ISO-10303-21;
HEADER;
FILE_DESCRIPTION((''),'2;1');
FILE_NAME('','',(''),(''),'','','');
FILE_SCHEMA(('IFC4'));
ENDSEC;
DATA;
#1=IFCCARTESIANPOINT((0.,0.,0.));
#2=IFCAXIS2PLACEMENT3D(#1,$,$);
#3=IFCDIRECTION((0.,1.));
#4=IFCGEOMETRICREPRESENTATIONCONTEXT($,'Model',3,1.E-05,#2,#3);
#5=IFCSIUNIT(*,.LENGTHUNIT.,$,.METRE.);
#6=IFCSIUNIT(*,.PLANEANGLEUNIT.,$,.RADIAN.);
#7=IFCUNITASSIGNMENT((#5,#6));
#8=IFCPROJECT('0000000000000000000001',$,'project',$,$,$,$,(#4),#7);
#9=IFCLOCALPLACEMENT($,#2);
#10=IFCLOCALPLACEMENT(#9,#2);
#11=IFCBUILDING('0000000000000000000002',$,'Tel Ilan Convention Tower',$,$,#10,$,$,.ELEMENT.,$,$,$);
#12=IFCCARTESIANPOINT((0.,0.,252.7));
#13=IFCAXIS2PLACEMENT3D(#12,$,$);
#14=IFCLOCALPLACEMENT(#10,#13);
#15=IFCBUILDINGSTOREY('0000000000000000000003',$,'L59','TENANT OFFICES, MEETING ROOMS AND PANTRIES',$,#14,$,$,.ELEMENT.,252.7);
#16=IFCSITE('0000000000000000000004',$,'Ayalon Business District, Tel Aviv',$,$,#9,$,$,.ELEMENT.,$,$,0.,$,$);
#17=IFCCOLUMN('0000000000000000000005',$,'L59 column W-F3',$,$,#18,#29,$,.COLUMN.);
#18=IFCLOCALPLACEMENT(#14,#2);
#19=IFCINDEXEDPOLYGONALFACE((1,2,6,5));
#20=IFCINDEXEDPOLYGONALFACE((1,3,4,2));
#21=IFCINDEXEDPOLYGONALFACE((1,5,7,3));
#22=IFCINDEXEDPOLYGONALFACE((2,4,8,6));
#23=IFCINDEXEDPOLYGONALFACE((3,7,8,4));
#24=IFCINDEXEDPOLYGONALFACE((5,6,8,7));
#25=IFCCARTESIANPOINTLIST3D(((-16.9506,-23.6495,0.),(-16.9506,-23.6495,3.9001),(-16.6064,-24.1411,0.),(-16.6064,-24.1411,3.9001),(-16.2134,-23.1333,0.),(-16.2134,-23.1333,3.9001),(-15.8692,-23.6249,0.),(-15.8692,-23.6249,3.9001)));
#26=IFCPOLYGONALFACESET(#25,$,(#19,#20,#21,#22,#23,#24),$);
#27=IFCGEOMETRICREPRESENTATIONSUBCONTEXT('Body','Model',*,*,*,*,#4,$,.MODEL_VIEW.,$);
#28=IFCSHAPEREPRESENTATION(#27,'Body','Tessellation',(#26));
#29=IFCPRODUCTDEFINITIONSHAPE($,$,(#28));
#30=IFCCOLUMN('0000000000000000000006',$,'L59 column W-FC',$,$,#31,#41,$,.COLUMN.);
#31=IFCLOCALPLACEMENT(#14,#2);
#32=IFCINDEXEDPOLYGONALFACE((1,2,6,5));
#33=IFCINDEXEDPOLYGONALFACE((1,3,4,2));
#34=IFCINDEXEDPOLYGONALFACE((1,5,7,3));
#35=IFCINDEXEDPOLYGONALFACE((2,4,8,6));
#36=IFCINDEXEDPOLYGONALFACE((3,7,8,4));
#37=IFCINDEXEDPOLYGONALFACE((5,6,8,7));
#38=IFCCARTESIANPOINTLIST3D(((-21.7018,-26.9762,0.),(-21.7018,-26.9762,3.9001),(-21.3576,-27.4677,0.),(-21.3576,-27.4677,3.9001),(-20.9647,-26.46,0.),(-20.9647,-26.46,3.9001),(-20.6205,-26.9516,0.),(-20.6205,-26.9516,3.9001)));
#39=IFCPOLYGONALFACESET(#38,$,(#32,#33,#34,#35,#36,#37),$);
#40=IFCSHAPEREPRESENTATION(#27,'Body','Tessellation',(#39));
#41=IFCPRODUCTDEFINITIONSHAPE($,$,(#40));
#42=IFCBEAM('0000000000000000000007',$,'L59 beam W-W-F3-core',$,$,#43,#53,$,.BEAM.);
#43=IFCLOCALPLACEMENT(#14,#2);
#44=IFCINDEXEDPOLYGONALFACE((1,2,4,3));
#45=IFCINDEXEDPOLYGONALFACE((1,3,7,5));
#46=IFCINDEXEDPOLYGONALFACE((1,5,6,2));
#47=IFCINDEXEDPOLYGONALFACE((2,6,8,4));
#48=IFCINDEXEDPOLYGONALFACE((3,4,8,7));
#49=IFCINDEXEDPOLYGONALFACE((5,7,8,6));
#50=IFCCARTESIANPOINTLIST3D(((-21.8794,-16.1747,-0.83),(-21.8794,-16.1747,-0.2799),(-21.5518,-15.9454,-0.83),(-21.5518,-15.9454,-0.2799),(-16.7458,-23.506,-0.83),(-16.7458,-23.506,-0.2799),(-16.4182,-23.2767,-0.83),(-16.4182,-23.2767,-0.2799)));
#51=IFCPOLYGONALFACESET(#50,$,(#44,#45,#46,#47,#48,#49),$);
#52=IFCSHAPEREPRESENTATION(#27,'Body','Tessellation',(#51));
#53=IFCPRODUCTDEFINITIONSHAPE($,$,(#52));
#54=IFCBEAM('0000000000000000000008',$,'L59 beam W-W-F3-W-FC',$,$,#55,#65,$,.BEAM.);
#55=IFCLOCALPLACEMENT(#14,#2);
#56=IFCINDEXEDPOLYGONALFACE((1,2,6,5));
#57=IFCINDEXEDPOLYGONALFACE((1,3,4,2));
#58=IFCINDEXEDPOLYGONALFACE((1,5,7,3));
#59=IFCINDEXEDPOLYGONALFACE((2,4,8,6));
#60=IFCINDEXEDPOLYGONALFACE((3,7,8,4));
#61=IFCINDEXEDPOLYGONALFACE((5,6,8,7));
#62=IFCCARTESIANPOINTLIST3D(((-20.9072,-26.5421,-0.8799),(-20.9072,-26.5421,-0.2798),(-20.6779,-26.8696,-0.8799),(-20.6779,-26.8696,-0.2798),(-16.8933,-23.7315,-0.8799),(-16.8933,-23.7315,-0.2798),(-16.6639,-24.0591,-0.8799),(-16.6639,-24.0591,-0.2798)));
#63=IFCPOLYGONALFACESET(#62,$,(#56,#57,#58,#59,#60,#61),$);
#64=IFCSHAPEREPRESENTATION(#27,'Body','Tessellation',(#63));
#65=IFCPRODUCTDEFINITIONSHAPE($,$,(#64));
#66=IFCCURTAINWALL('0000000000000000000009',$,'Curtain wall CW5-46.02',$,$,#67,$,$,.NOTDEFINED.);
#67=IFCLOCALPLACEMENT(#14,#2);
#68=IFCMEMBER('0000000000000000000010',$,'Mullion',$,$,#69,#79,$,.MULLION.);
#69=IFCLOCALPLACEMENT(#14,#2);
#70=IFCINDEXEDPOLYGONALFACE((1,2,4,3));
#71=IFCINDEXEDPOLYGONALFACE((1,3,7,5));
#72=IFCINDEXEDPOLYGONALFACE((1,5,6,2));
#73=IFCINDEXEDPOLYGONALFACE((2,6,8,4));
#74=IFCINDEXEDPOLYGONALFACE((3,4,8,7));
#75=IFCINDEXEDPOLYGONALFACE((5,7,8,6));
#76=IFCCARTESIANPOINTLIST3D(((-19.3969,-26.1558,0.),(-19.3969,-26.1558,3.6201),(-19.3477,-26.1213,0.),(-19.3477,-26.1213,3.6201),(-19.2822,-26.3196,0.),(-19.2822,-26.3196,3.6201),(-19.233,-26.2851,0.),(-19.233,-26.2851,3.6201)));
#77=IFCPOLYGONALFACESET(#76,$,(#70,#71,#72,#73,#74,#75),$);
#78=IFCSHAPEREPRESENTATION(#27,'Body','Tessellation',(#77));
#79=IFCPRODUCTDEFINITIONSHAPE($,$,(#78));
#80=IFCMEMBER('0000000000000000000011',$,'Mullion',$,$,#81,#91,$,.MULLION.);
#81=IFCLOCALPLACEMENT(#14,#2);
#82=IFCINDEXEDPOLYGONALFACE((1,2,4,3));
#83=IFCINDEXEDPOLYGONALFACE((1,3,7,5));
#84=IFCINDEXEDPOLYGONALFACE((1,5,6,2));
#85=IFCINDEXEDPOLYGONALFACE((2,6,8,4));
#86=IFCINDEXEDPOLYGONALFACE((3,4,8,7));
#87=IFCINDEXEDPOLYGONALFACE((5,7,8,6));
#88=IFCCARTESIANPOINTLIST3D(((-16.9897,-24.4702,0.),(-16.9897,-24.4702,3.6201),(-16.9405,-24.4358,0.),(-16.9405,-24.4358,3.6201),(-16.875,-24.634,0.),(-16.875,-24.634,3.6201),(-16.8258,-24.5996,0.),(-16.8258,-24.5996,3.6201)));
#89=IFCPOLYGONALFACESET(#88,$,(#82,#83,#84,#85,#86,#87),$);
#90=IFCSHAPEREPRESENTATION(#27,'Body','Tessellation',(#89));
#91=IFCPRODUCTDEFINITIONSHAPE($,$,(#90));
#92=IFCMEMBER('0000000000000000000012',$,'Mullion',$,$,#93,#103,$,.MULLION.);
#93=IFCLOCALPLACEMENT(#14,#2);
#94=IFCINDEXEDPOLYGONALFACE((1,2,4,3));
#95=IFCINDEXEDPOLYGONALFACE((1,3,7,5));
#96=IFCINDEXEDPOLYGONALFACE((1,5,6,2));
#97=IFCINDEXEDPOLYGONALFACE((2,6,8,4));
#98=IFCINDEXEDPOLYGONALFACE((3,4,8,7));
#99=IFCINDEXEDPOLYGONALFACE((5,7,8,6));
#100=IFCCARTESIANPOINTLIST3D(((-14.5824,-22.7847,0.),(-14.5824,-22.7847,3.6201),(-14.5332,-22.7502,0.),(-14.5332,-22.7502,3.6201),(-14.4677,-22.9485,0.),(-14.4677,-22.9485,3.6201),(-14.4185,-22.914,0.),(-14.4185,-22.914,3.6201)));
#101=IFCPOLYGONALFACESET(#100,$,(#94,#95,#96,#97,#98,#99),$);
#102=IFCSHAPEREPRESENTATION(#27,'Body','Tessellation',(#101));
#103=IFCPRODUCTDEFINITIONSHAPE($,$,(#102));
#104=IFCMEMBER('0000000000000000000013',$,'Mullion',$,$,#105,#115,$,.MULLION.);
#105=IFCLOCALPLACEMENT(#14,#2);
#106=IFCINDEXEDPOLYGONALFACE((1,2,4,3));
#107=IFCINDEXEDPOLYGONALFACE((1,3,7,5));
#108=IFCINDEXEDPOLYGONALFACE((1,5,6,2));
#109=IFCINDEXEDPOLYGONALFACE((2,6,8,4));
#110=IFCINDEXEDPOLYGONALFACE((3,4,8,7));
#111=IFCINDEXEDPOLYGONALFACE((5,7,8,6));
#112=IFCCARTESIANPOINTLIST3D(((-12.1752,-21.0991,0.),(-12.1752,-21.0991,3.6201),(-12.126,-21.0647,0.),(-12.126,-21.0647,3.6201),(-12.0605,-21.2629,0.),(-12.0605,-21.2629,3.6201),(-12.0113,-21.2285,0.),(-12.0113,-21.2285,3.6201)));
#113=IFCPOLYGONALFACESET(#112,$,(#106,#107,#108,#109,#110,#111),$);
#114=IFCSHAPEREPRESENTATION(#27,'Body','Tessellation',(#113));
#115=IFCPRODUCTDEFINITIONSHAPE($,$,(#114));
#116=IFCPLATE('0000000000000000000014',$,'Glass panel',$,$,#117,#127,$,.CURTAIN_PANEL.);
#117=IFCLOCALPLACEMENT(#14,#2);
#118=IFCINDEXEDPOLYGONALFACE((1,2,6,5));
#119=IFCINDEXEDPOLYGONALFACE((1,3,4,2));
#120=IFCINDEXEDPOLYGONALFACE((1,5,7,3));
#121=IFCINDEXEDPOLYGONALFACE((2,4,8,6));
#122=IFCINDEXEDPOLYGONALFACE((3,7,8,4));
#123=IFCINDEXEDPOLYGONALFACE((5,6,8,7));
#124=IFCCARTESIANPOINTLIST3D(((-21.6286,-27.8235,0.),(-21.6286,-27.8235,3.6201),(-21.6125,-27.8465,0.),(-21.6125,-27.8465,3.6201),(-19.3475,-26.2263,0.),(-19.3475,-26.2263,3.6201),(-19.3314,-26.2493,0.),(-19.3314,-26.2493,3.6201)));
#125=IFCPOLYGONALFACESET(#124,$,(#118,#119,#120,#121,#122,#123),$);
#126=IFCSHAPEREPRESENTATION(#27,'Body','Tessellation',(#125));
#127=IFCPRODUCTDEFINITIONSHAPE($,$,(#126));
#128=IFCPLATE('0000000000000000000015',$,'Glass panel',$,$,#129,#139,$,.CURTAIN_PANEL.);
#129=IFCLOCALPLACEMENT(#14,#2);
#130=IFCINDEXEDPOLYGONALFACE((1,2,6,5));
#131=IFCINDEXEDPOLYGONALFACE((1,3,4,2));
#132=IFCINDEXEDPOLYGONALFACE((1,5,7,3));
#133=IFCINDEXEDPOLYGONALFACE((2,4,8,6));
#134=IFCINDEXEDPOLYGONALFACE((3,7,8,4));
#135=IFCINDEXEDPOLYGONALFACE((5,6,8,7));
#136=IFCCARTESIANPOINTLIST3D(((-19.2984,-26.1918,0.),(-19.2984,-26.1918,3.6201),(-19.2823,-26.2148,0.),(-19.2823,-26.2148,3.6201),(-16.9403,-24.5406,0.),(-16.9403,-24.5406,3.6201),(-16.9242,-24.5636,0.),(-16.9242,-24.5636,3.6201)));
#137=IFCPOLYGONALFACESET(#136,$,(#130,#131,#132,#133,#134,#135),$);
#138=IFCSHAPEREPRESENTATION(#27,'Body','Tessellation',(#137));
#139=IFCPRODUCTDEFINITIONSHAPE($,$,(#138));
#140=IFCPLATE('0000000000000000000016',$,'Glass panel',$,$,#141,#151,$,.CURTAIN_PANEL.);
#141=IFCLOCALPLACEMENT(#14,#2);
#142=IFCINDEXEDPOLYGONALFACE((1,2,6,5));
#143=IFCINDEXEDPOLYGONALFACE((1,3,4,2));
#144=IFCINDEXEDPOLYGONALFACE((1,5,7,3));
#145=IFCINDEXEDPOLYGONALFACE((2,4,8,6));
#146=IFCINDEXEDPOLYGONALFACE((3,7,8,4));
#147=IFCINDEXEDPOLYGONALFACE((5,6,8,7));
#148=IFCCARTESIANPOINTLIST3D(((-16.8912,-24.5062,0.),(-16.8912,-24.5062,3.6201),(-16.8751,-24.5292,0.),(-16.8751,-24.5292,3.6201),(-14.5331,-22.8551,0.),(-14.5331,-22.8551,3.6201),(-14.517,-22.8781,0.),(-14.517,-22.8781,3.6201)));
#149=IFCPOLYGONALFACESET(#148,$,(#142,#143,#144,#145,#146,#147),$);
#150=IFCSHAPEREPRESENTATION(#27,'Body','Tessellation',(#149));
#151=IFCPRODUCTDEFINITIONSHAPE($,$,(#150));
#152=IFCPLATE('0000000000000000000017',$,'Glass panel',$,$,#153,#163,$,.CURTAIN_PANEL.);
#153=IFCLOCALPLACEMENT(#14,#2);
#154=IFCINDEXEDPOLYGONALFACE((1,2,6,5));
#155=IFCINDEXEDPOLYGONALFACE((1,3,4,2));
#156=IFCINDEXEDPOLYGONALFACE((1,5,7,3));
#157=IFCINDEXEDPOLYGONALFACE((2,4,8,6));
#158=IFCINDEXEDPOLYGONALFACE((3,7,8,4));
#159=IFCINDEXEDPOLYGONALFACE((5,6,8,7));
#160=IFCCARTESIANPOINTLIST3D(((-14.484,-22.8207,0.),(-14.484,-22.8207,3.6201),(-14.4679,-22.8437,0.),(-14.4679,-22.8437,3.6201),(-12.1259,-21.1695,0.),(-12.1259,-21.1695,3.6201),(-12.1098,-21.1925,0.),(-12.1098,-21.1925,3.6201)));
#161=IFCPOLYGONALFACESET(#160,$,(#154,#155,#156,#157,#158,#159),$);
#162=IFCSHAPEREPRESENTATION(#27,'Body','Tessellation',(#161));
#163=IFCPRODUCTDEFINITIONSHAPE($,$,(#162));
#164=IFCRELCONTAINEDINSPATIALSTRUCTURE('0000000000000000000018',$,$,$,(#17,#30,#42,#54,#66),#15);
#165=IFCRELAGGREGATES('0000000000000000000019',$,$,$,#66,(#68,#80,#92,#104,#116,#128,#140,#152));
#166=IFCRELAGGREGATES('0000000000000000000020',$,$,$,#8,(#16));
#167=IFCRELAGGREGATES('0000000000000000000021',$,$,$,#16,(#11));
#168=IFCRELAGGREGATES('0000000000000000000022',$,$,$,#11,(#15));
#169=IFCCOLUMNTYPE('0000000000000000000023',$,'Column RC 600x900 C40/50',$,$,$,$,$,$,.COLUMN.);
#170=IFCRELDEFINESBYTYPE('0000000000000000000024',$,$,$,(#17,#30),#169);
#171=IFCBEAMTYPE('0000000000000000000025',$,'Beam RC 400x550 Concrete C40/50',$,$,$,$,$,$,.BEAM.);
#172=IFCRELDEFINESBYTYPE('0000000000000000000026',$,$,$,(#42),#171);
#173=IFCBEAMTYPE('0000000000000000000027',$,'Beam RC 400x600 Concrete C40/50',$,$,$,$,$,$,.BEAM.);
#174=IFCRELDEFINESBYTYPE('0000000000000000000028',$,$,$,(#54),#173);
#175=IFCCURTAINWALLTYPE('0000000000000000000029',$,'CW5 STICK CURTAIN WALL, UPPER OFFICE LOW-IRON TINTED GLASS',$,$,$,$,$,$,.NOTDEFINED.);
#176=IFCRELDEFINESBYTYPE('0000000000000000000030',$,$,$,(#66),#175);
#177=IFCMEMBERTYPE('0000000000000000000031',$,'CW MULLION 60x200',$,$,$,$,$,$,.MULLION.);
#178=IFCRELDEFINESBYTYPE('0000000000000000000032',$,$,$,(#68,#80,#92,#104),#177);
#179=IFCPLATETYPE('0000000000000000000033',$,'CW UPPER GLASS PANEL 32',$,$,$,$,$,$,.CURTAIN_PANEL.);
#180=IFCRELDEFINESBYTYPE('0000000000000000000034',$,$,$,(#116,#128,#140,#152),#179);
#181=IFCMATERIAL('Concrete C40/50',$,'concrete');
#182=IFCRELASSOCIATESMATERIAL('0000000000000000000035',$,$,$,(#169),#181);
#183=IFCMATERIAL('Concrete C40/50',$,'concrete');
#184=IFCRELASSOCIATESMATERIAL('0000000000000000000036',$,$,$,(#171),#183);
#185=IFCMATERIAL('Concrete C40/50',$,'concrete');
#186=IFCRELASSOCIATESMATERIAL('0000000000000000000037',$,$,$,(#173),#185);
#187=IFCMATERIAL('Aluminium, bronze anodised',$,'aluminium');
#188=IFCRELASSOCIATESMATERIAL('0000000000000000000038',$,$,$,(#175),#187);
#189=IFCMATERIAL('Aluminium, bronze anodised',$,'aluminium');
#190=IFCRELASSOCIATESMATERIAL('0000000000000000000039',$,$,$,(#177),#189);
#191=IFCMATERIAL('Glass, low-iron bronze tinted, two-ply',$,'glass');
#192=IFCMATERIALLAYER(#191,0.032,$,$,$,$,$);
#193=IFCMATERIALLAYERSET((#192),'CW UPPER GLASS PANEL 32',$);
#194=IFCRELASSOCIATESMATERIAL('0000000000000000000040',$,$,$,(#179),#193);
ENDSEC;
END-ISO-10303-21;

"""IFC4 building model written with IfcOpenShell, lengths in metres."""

from ifc_helpers import new_model, si_unit, direction, frame, origin, origin_2d, place, context, subcontext, project, spatial, rectangle, extrude, material, layer, layer_set, material_profile, profile_set, type_object, element, aggregate, save


model = new_model("IFC4")

# Units and contexts
model_context = context("Model", 3, precision=1e-05, world=origin(), true_north=direction((0.0, 1.0)))
body_context = subcontext(model_context, "Body", "Model", "MODEL_VIEW")
ifc_project = project(units=[si_unit("LENGTHUNIT", "METRE"), si_unit("PLANEANGLEUNIT", "RADIAN")], contexts=[model_context])

# Site, building, storey
site_placement = place(None, origin())
site = spatial("IfcSite", under=ifc_project, at=site_placement, Name="Ayalon Business District, Tel Aviv", CompositionType="ELEMENT", RefElevation=0.0)
building_placement = place(site_placement, origin())
building = spatial("IfcBuilding", under=site, at=building_placement, Name="Tel Ilan Convention Tower", CompositionType="ELEMENT")
storey_placement = place(building_placement, frame((0.0, 0.0, 252.7)))
storey = spatial("IfcBuildingStorey", under=building, at=storey_placement, Name="L59", Description="TENANT OFFICES, MEETING ROOMS AND PANTRIES", CompositionType="ELEMENT", Elevation=252.7)

# Columns
ifc_material_1 = material(Name="Concrete C40/50", Category="concrete")
ifc_material_profile_1 = material_profile(ifc_material_1, rectangle(XDim=0.8999, YDim=0.6001, at=origin_2d()), Name="RC 600x900")
ifc_profile_set_1 = profile_set([ifc_material_profile_1], Name="Concrete C40/50")
column_type = type_object("IfcColumnType", Name="Column RC 600x900 C40/50", PredefinedType="COLUMN", material=ifc_profile_set_1)
for number, where, z_axis, x_axis, name in (
    (1, (-16.4099, -23.6372, 0.0), (0.0, 0.0, 1.0), (-0.819152, -0.573576, 0.0), "L59 column W-F3"),
    (2, (-21.1611, -26.9639, 0.0), (0.0, 0.0, 1.0), (-0.819152, -0.573576, 0.0), "L59 column W-FC"),
):
    element("IfcColumn", number, at=place(storey_placement, frame(where, z_axis=z_axis, x_axis=x_axis)), inside=storey, type_object=column_type, Name=name, PredefinedType="COLUMN", context=body_context, shape_type="SweptSolid", body=[
        extrude(rectangle(XDim=0.8999, YDim=0.6001, at=origin_2d()), origin(), (0.0, 0.0, 1.0), 3.9001),
    ])

# Beams
ifc_material_2 = material(Name="Concrete C40/50", Category="concrete")
ifc_material_profile_2 = material_profile(ifc_material_2, rectangle(XDim=0.3999, YDim=0.55, at=origin_2d()), Name="RC 400x550")
ifc_profile_set_2 = profile_set([ifc_material_profile_2], Name="Concrete C40/50")
beam_type_1 = type_object("IfcBeamType", Name="Beam RC 400x550 Concrete C40/50", PredefinedType="BEAM", material=ifc_profile_set_2)
beam_1_placement = place(storey_placement, frame((-16.582, -23.3914, -0.5549), z_axis=(-0.573585, 0.819146, 0.0), x_axis=(-0.819146, -0.573585, 0.0)))
element("IfcBeam", 3, at=beam_1_placement, inside=storey, type_object=beam_type_1, Name="L59 beam W-W-F3-core", PredefinedType="BEAM", context=body_context, shape_type="SweptSolid", body=[
    extrude(rectangle(XDim=0.3999, YDim=0.55, at=origin_2d()), origin(), (0.0, 0.0, 1.0), 8.95),
])
ifc_material_3 = material(Name="Concrete C40/50", Category="concrete")
ifc_material_profile_3 = material_profile(ifc_material_3, rectangle(XDim=0.3999, YDim=0.6001, at=origin_2d()), Name="RC 400x600")
ifc_profile_set_3 = profile_set([ifc_material_profile_3], Name="Concrete C40/50")
beam_type_2 = type_object("IfcBeamType", Name="Beam RC 400x600 Concrete C40/50", PredefinedType="BEAM", material=ifc_profile_set_3)
beam_2_placement = place(storey_placement, frame((-16.7786, -23.8953, -0.5798), z_axis=(-0.819155, -0.573573, 0.0), x_axis=(0.573573, -0.819155, 0.0)))
element("IfcBeam", 4, at=beam_2_placement, inside=storey, type_object=beam_type_2, Name="L59 beam W-W-F3-W-FC", PredefinedType="BEAM", context=body_context, shape_type="SweptSolid", body=[
    extrude(rectangle(XDim=0.3999, YDim=0.6001, at=origin_2d()), origin(), (0.0, 0.0, 1.0), 4.9001),
])

# Curtain wall, members, plates
ifc_material_4 = material(Name="Aluminium, bronze anodised", Category="aluminium")
curtain_wall_type = type_object("IfcCurtainWallType", Name="CW5 STICK CURTAIN WALL, UPPER OFFICE LOW-IRON TINTED GLASS", PredefinedType="NOTDEFINED", material=ifc_material_4)
curtain_wall_placement = place(storey_placement, origin())
curtain_wall = element("IfcCurtainWall", 5, at=curtain_wall_placement, inside=storey, type_object=curtain_wall_type, Name="Curtain wall CW5-46.02", PredefinedType="NOTDEFINED")
ifc_material_5 = material(Name="Aluminium, bronze anodised", Category="aluminium")
ifc_material_profile_4 = material_profile(ifc_material_5, rectangle(XDim=0.0601, YDim=0.2, at=origin_2d()), Name="CW MULLION 60x200")
ifc_profile_set_4 = profile_set([ifc_material_profile_4], Name="Aluminium, bronze anodised")
member_type = type_object("IfcMemberType", Name="CW MULLION 60x200", PredefinedType="MULLION", material=ifc_profile_set_4)
member_1_placement = place(storey_placement, frame((-19.3149, -26.2205, 0.0), z_axis=(0.0, 0.0, 1.0), x_axis=(0.819152, 0.573576, 0.0)))
member_1 = element("IfcMember", 6, at=member_1_placement, type_object=member_type, Name="Mullion", PredefinedType="MULLION", context=body_context, shape_type="SweptSolid", body=[
    extrude(rectangle(XDim=0.0601, YDim=0.2, at=origin_2d()), origin(), (0.0, 0.0, 1.0), 3.6201),
])
member_2_placement = place(storey_placement, frame((-16.9077, -24.5349, 0.0), z_axis=(0.0, 0.0, 1.0), x_axis=(0.819152, 0.573576, 0.0)))
member_2 = element("IfcMember", 7, at=member_2_placement, type_object=member_type, Name="Mullion", PredefinedType="MULLION", context=body_context, shape_type="SweptSolid", body=[
    extrude(rectangle(XDim=0.0601, YDim=0.2, at=origin_2d()), origin(), (0.0, 0.0, 1.0), 3.6201),
])
member_3_placement = place(storey_placement, frame((-14.5005, -22.8494, 0.0), z_axis=(0.0, 0.0, 1.0), x_axis=(0.819152, 0.573576, 0.0)))
member_3 = element("IfcMember", 8, at=member_3_placement, type_object=member_type, Name="Mullion", PredefinedType="MULLION", context=body_context, shape_type="SweptSolid", body=[
    extrude(rectangle(XDim=0.0601, YDim=0.2, at=origin_2d()), origin(), (0.0, 0.0, 1.0), 3.6201),
])
member_4_placement = place(storey_placement, frame((-12.0933, -21.1638, 0.0), z_axis=(0.0, 0.0, 1.0), x_axis=(0.819152, 0.573576, 0.0)))
member_4 = element("IfcMember", 9, at=member_4_placement, type_object=member_type, Name="Mullion", PredefinedType="MULLION", context=body_context, shape_type="SweptSolid", body=[
    extrude(rectangle(XDim=0.0601, YDim=0.2, at=origin_2d()), origin(), (0.0, 0.0, 1.0), 3.6201),
])
ifc_material_6 = material(Name="Glass, low-iron bronze tinted, two-ply", Category="glass")
ifc_layer_1 = layer(ifc_material_6, 0.032)
ifc_layer_set_1 = layer_set([ifc_layer_1], Name="CW UPPER GLASS PANEL 32")
plate_type = type_object("IfcPlateType", Name="CW UPPER GLASS PANEL 32", PredefinedType="CURTAIN_PANEL", material=ifc_layer_set_1)
plate_1_placement = place(storey_placement, frame((-20.48, -27.0364, 0.0), z_axis=(0.0, 0.0, 1.0), x_axis=(0.819152, 0.573576, 0.0)))
plate_1 = element("IfcPlate", 10, at=plate_1_placement, type_object=plate_type, Name="Glass panel", PredefinedType="CURTAIN_PANEL", context=body_context, shape_type="SweptSolid", body=[
    extrude(rectangle(XDim=2.7847, YDim=0.0281, at=origin_2d()), origin(), (0.0, 0.0, 1.0), 3.6201),
])
plate_2_placement = place(storey_placement, frame((-18.1113, -25.3777, 0.0), z_axis=(0.0, 0.0, 1.0), x_axis=(0.819152, 0.573576, 0.0)))
plate_2 = element("IfcPlate", 11, at=plate_2_placement, type_object=plate_type, Name="Glass panel", PredefinedType="CURTAIN_PANEL", context=body_context, shape_type="SweptSolid", body=[
    extrude(rectangle(XDim=2.8787, YDim=0.0281, at=origin_2d()), origin(), (0.0, 0.0, 1.0), 3.6201),
])
plate_3_placement = place(storey_placement, frame((-15.7041, -23.6921, 0.0), z_axis=(0.0, 0.0, 1.0), x_axis=(0.819152, 0.573576, 0.0)))
plate_3 = element("IfcPlate", 12, at=plate_3_placement, type_object=plate_type, Name="Glass panel", PredefinedType="CURTAIN_PANEL", context=body_context, shape_type="SweptSolid", body=[
    extrude(rectangle(XDim=2.8787, YDim=0.0281, at=origin_2d()), origin(), (0.0, 0.0, 1.0), 3.6201),
])
plate_4_placement = place(storey_placement, frame((-13.2969, -22.0066, 0.0), z_axis=(0.0, 0.0, 1.0), x_axis=(0.819152, 0.573576, 0.0)))
plate_4 = element("IfcPlate", 13, at=plate_4_placement, type_object=plate_type, Name="Glass panel", PredefinedType="CURTAIN_PANEL", context=body_context, shape_type="SweptSolid", body=[
    extrude(rectangle(XDim=2.8787, YDim=0.0281, at=origin_2d()), origin(), (0.0, 0.0, 1.0), 3.6201),
])
aggregate(curtain_wall, [member_1, member_2, member_3, member_4, plate_1, plate_2, plate_3, plate_4])

save(model, "model.ifc")
